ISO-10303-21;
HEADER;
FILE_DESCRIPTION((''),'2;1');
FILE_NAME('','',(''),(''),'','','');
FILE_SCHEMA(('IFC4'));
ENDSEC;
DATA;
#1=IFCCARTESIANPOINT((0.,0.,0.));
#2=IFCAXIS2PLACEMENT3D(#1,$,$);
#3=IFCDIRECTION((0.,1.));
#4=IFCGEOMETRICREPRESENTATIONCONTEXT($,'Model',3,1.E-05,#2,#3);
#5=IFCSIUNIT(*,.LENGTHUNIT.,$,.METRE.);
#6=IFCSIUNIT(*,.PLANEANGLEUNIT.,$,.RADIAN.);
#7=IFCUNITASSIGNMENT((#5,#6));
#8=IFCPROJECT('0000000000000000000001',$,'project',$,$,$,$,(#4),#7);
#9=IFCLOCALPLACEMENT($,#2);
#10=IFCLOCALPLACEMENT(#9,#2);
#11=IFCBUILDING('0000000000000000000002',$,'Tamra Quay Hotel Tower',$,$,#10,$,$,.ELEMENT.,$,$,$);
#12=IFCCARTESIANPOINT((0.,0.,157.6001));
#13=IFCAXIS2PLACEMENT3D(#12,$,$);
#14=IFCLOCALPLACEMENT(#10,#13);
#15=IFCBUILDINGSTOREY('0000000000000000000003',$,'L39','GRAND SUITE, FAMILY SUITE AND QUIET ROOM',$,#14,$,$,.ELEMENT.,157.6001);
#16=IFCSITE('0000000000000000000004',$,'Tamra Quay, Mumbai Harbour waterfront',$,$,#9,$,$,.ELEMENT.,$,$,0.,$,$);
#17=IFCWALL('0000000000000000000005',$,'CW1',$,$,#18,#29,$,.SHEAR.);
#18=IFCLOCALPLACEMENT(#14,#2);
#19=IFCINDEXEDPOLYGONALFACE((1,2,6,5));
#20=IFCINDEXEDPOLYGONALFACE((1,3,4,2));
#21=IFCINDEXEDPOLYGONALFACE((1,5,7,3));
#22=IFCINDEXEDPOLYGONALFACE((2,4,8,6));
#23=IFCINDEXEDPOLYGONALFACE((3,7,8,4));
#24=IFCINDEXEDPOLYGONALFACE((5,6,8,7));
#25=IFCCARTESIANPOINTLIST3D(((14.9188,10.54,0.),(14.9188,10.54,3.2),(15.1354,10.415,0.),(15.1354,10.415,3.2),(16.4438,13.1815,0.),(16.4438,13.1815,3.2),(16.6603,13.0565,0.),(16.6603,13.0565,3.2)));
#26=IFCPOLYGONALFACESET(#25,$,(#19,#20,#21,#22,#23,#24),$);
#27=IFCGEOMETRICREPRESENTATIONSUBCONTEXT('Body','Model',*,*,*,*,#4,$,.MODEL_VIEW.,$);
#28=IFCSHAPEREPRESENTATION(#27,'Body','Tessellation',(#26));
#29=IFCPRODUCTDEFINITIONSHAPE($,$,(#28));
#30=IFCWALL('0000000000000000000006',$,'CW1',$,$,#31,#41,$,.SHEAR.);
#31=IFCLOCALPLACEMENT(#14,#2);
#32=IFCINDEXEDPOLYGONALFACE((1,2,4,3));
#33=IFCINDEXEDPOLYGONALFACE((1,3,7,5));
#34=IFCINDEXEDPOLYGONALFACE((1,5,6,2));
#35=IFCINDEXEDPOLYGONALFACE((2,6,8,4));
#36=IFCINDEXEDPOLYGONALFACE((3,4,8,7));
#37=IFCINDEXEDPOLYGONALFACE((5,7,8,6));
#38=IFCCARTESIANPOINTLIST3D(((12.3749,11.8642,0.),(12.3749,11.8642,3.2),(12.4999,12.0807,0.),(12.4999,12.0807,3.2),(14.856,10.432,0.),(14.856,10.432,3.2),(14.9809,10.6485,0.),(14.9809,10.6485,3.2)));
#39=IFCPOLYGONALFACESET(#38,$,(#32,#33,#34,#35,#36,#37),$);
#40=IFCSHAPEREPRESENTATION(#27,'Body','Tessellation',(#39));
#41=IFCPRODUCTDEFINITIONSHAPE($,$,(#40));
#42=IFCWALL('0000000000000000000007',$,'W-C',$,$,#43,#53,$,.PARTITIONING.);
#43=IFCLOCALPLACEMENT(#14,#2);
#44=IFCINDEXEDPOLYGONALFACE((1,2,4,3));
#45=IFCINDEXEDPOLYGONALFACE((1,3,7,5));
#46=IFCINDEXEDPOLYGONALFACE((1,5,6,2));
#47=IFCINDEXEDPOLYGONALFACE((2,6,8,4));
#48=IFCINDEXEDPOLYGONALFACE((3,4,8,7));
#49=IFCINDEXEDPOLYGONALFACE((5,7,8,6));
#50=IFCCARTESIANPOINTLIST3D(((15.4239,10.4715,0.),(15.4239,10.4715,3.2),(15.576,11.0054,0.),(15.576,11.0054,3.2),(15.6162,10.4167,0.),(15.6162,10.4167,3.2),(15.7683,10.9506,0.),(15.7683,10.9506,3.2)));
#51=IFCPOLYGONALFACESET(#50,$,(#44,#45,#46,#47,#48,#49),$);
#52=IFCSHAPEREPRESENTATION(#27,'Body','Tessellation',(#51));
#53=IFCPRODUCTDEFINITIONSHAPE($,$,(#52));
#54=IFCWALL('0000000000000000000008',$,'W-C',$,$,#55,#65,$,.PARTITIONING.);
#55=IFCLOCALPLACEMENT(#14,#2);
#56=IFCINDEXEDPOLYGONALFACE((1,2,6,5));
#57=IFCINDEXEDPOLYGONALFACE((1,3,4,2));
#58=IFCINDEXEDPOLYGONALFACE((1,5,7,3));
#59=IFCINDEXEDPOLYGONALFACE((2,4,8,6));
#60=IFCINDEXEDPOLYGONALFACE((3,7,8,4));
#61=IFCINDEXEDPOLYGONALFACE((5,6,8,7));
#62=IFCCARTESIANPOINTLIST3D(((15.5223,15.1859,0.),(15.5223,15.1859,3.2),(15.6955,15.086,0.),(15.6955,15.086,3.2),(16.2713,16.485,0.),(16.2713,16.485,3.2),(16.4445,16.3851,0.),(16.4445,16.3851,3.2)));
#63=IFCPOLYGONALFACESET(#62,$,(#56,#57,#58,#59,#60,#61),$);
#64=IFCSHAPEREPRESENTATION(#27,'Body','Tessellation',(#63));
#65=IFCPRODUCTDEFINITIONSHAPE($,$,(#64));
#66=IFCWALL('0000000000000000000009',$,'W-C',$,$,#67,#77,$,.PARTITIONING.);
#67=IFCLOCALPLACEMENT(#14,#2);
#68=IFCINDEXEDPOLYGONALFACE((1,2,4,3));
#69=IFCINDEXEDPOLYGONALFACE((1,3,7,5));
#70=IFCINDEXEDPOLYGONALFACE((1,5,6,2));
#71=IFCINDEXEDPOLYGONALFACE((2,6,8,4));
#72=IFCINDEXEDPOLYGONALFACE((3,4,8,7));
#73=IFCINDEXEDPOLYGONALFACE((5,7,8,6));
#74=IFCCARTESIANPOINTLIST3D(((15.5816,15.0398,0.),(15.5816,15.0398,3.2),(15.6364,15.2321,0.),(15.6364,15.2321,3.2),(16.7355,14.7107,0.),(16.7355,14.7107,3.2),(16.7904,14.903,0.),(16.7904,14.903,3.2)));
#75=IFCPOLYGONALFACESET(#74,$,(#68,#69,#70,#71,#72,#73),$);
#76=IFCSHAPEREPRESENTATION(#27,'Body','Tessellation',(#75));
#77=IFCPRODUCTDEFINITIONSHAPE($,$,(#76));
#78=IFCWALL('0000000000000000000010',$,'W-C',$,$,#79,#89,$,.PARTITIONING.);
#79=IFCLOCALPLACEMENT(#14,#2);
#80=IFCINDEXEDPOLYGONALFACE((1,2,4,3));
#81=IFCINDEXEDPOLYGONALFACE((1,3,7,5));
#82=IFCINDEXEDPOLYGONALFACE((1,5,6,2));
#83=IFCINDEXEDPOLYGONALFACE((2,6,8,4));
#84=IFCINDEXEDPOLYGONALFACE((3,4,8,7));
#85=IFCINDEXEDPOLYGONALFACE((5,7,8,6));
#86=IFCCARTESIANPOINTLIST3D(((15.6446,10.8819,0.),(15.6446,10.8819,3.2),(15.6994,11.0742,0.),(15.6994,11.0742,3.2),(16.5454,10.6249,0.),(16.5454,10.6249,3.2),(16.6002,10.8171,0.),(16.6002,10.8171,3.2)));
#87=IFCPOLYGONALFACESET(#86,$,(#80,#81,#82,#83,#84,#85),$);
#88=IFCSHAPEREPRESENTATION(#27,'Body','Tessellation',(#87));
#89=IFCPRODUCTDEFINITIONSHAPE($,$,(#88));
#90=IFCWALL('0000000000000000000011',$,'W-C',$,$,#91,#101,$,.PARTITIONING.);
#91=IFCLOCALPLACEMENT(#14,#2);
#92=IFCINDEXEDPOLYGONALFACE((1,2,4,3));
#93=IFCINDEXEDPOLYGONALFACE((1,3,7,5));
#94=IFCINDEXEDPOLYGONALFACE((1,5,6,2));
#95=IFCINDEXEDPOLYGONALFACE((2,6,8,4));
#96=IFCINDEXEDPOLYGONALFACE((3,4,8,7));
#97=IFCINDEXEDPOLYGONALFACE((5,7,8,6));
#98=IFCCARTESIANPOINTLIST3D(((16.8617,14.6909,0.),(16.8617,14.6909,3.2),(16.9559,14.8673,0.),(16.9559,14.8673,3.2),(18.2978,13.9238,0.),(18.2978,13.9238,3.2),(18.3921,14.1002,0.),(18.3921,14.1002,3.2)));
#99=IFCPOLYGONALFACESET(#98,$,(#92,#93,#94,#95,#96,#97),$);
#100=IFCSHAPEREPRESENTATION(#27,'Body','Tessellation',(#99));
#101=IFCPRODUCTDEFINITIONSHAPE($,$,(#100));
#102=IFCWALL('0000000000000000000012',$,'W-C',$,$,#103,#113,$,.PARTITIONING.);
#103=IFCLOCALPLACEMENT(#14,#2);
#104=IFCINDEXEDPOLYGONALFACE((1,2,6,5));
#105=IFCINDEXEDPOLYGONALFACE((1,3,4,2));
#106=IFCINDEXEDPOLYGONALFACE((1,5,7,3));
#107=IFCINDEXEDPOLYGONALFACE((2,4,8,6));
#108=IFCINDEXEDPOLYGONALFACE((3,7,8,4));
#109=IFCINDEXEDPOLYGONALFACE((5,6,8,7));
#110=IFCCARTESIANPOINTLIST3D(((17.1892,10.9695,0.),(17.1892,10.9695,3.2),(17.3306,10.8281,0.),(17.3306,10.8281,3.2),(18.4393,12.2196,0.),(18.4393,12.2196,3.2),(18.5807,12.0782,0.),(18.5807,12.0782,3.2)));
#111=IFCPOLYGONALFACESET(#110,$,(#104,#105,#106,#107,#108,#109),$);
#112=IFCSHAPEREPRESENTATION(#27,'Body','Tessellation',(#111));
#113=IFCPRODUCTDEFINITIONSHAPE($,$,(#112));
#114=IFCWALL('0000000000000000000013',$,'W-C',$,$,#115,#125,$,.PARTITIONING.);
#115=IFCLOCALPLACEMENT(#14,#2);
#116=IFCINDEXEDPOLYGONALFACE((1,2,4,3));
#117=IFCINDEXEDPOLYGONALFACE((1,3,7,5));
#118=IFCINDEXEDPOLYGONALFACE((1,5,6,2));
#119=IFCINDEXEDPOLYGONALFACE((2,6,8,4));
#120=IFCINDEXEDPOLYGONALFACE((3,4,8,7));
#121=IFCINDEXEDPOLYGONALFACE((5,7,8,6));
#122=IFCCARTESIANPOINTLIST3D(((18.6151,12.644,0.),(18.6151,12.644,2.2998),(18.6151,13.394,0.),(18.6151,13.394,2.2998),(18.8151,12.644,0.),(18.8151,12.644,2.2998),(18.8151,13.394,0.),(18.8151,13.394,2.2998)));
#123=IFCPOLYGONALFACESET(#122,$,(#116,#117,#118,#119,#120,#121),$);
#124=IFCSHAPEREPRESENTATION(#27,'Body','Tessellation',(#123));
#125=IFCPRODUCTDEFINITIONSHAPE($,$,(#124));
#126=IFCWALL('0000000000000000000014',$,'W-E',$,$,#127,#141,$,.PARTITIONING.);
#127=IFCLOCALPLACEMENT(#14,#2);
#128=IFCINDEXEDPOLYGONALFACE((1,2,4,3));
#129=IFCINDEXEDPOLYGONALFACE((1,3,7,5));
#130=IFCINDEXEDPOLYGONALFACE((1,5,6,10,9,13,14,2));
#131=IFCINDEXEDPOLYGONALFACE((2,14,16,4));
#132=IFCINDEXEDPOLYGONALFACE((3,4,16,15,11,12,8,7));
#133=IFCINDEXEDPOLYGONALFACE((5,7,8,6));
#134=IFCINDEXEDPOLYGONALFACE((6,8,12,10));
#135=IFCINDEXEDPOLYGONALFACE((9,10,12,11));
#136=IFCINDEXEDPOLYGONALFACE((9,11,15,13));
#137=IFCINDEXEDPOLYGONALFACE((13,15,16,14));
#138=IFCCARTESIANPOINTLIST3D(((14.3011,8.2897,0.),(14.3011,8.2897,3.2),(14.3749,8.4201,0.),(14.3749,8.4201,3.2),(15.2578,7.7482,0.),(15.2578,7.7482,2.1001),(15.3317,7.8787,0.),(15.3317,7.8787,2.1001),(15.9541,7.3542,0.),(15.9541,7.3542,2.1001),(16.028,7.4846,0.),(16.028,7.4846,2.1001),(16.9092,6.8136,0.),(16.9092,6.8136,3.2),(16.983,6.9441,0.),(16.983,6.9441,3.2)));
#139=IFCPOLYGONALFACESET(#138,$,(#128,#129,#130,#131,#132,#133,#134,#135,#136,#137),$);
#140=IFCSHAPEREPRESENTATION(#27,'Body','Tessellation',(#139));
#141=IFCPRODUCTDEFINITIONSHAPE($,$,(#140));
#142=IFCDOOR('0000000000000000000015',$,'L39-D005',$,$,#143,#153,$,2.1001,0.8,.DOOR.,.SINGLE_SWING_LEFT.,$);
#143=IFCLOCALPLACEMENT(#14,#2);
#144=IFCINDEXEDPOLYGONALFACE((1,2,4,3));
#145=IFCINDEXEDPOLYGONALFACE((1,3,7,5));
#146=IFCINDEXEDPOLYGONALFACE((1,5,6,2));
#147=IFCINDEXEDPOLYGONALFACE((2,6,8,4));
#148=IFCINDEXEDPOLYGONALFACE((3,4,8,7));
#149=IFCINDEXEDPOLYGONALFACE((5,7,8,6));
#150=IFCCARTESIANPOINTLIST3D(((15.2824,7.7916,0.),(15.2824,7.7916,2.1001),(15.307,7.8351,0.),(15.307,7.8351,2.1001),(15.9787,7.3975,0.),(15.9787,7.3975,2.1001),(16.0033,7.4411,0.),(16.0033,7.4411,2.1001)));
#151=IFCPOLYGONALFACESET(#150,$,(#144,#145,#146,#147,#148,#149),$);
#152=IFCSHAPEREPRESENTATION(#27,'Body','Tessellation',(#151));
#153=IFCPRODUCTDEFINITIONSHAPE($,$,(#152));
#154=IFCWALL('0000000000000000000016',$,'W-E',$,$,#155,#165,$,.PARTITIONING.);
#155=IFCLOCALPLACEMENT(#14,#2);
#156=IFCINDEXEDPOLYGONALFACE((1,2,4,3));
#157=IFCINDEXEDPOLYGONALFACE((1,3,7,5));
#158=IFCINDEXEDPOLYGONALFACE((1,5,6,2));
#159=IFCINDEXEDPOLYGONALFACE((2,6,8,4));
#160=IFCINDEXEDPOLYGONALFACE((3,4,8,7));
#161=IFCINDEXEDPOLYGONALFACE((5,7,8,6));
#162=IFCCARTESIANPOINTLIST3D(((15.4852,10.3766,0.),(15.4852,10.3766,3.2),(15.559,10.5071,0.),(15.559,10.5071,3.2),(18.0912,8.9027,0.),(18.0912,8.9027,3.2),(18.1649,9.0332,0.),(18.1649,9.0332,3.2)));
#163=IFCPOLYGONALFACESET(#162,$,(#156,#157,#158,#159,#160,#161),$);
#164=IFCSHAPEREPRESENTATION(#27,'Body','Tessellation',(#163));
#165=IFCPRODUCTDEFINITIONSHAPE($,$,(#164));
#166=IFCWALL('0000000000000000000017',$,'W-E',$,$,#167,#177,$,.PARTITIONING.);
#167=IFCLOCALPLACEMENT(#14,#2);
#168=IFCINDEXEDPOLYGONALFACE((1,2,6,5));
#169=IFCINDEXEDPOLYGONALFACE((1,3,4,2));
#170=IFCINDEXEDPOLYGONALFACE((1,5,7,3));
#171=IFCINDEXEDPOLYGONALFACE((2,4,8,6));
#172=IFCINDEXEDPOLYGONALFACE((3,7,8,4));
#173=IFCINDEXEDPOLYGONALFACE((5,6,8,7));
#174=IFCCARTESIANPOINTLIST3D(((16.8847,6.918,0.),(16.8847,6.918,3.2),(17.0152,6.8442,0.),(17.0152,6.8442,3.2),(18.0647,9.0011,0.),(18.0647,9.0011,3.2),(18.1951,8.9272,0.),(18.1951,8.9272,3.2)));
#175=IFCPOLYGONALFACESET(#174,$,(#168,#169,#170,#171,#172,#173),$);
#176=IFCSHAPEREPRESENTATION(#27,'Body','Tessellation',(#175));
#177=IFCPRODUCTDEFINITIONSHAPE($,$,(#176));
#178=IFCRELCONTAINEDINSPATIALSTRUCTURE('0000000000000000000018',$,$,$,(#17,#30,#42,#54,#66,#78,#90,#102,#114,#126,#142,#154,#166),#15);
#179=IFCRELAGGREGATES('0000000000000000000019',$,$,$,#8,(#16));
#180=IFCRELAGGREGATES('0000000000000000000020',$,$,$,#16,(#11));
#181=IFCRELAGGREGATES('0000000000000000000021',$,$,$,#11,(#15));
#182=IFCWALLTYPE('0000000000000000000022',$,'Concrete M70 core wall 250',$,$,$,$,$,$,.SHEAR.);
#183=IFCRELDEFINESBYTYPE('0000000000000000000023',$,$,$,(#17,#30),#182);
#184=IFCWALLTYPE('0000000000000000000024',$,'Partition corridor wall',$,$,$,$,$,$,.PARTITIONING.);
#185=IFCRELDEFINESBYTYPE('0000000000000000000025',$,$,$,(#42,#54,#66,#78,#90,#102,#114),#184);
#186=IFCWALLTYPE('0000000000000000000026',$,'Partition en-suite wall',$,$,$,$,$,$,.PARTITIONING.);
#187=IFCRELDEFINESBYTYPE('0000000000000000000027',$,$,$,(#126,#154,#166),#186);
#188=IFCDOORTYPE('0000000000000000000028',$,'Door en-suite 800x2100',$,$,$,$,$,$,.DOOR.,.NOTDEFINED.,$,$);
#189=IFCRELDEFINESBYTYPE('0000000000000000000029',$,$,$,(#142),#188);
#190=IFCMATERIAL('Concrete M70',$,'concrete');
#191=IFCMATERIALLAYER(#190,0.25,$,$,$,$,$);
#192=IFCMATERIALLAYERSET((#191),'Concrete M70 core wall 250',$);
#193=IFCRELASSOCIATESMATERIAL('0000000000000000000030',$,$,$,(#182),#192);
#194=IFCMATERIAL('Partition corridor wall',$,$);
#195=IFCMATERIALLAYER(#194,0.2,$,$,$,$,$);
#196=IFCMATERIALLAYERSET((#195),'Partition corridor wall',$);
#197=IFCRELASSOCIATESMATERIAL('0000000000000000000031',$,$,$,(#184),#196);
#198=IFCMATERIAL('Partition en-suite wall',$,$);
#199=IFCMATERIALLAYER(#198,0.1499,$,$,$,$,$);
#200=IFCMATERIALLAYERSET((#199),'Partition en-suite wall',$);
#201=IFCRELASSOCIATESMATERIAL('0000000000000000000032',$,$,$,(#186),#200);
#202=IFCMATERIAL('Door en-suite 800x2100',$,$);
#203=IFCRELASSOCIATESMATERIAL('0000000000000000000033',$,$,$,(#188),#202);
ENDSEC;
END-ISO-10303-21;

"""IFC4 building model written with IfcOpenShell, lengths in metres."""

from ifc_helpers import new_model, si_unit, direction, frame, frame_2d, origin, place, context, subcontext, project, spatial, rectangle, extrude, material, layer, layer_set, type_object, element, fill, save


model = new_model("IFC4")

# Units and contexts
model_context = context("Model", 3, precision=1e-05, world=origin(), true_north=direction((0.0, 1.0)))
body_context = subcontext(model_context, "Body", "Model", "MODEL_VIEW")
ifc_project = project(units=[si_unit("LENGTHUNIT", "METRE"), si_unit("PLANEANGLEUNIT", "RADIAN")], contexts=[model_context])

# Site, building, storey
site_placement = place(None, origin())
site = spatial("IfcSite", under=ifc_project, at=site_placement, Name="Tamra Quay, Mumbai Harbour waterfront", CompositionType="ELEMENT", RefElevation=0.0)
building_placement = place(site_placement, origin())
building = spatial("IfcBuilding", under=site, at=building_placement, Name="Tamra Quay Hotel Tower", CompositionType="ELEMENT")
storey_placement = place(building_placement, frame((0.0, 0.0, 157.6001)))
storey = spatial("IfcBuildingStorey", under=building, at=storey_placement, Name="L39", Description="GRAND SUITE, FAMILY SUITE AND QUIET ROOM", CompositionType="ELEMENT", Elevation=157.6001)

# Shared definitions
ifc_material_1 = material(Name="Concrete M70", Category="concrete")

# Walls
ifc_layer_1 = layer(ifc_material_1, 0.25)
ifc_layer_set_1 = layer_set([ifc_layer_1], Name="Concrete M70 core wall 250")
wall_type_1 = type_object("IfcWallType", Name="Concrete M70 core wall 250", PredefinedType="SHEAR", material=ifc_layer_set_1)
wall_1_placement = place(storey_placement, frame((16.552, 13.1189, 0.0), z_axis=(0.0, 0.0, 1.0), x_axis=(-0.499979, -0.866038, 0.0)))
element("IfcWall", 1, at=wall_1_placement, inside=storey, type_object=wall_type_1, Name="CW1", PredefinedType="SHEAR", context=body_context, shape_type="SweptSolid", body=[
    extrude(rectangle(XDim=3.05, YDim=0.25, at=frame_2d((1.5249, 0.0))), origin(), (0.0, 0.0, 1.0), 3.2),
])
wall_2_placement = place(storey_placement, frame((14.9185, 10.5403, 0.0), z_axis=(0.0, 0.0, 1.0), x_axis=(-0.866064, 0.499934, 0.0)))
element("IfcWall", 2, at=wall_2_placement, inside=storey, type_object=wall_type_1, Name="CW1", PredefinedType="SHEAR", context=body_context, shape_type="SweptSolid", body=[
    extrude(rectangle(XDim=2.8647, YDim=0.25, at=frame_2d((1.4324, 0.0))), origin(), (0.0, 0.0, 1.0), 3.2),
])
ifc_material_2 = material(Name="Partition corridor wall")
ifc_layer_2 = layer(ifc_material_2, 0.2)
ifc_layer_set_2 = layer_set([ifc_layer_2], Name="Partition corridor wall")
wall_type_2 = type_object("IfcWallType", Name="Partition corridor wall", PredefinedType="PARTITIONING", material=ifc_layer_set_2)
wall_3_placement = place(storey_placement, frame((15.52, 10.4441, 0.0), z_axis=(0.0, 0.0, 1.0), x_axis=(0.273966, 0.961739, 0.0)))
element("IfcWall", 3, at=wall_3_placement, inside=storey, type_object=wall_type_2, Name="W-C", PredefinedType="PARTITIONING", context=body_context, shape_type="SweptSolid", body=[
    extrude(rectangle(XDim=0.5552, YDim=0.2, at=frame_2d((0.2776, 0.0))), origin(), (0.0, 0.0, 1.0), 3.2),
])
wall_4_placement = place(storey_placement, frame((15.6089, 15.136, 0.0), z_axis=(0.0, 0.0, 1.0), x_axis=(0.499502, 0.866313, 0.0)))
element("IfcWall", 4, at=wall_4_placement, inside=storey, type_object=wall_type_2, Name="W-C", PredefinedType="PARTITIONING", context=body_context, shape_type="SweptSolid", body=[
    extrude(rectangle(XDim=1.4995, YDim=0.2, at=frame_2d((0.7498, 0.0))), origin(), (0.0, 0.0, 1.0), 3.2),
])
wall_5_placement = place(storey_placement, frame((15.6089, 15.136, 0.0), z_axis=(0.0, 0.0, 1.0), x_axis=(0.961662, -0.274237, 0.0)))
element("IfcWall", 5, at=wall_5_placement, inside=storey, type_object=wall_type_2, Name="W-C", PredefinedType="PARTITIONING", context=body_context, shape_type="SweptSolid", body=[
    extrude(rectangle(XDim=1.2, YDim=0.2, at=frame_2d((0.6001, 0.0))), origin(), (0.0, 0.0, 1.0), 3.2),
])
wall_6_placement = place(storey_placement, frame((15.6721, 10.978, 0.0), z_axis=(0.0, 0.0, 1.0), x_axis=(0.961612, -0.274411, 0.0)))
element("IfcWall", 6, at=wall_6_placement, inside=storey, type_object=wall_type_2, Name="W-C", PredefinedType="PARTITIONING", context=body_context, shape_type="SweptSolid", body=[
    extrude(rectangle(XDim=0.9368, YDim=0.2, at=frame_2d((0.4683, 0.0))), origin(), (0.0, 0.0, 1.0), 3.2),
])
wall_7_placement = place(storey_placement, frame((16.9089, 14.7791, 0.0), z_axis=(0.0, 0.0, 1.0), x_axis=(0.882046, -0.471164, 0.0)))
element("IfcWall", 7, at=wall_7_placement, inside=storey, type_object=wall_type_2, Name="W-C", PredefinedType="PARTITIONING", context=body_context, shape_type="SweptSolid", body=[
    extrude(rectangle(XDim=1.6282, YDim=0.2, at=frame_2d((0.814, 0.0))), origin(), (0.0, 0.0, 1.0), 3.2),
])
wall_8_placement = place(storey_placement, frame((17.26, 10.8989, 0.0), z_axis=(0.0, 0.0, 1.0), x_axis=(0.707107, 0.707107, 0.0)))
element("IfcWall", 8, at=wall_8_placement, inside=storey, type_object=wall_type_2, Name="W-C", PredefinedType="PARTITIONING", context=body_context, shape_type="SweptSolid", body=[
    extrude(rectangle(XDim=1.7678, YDim=0.2, at=frame_2d((0.8838, 0.0))), origin(), (0.0, 0.0, 1.0), 3.2),
])
wall_9_placement = place(storey_placement, frame((18.7151, 12.644, 0.0), z_axis=(0.0, 0.0, 1.0), x_axis=(0.0, 1.0, 0.0)))
element("IfcWall", 9, at=wall_9_placement, inside=storey, type_object=wall_type_2, Name="W-C", PredefinedType="PARTITIONING", context=body_context, shape_type="SweptSolid", body=[
    extrude(rectangle(XDim=0.75, YDim=0.2, at=frame_2d((0.375, 0.0))), origin(), (0.0, 0.0, 1.0), 2.2998),
])

# Wall, opening, door
ifc_material_3 = material(Name="Partition en-suite wall")
ifc_layer_3 = layer(ifc_material_3, 0.1499)
ifc_layer_set_3 = layer_set([ifc_layer_3], Name="Partition en-suite wall")
wall_type_3 = type_object("IfcWallType", Name="Partition en-suite wall", PredefinedType="PARTITIONING", material=ifc_layer_set_3)
wall_10_placement = place(storey_placement, frame((14.3379, 8.355, 0.0), z_axis=(0.0, 0.0, 1.0), x_axis=(0.870291, -0.492538, 0.0)))
wall_10 = element("IfcWall", 10, at=wall_10_placement, inside=storey, type_object=wall_type_3, Name="W-E", PredefinedType="PARTITIONING", context=body_context, shape_type="SweptSolid", body=[
    extrude(rectangle(XDim=2.9968, YDim=0.1499, at=frame_2d((1.4985, 0.0))), origin(), (0.0, 0.0, 1.0), 3.2),
])
opening_placement = place(wall_10_placement, frame((1.0996, 0.0, 0.0)))
opening = element("IfcOpeningElement", 11, at=opening_placement, cuts=wall_10, PredefinedType="OPENING", context=body_context, shape_type="SweptSolid", body=[
    extrude(rectangle(XDim=0.8, YDim=2.1001, at=frame_2d((0.3999, 1.05))), frame((0.0, 0.085, 0.0), z_axis=(0.0, -1.0, 0.0), x_axis=(1.0, 0.0, 0.0)), (0.0, 0.0, 1.0), 0.1699),
])
ifc_material_4 = material(Name="Door en-suite 800x2100")
door_type = type_object("IfcDoorType", Name="Door en-suite 800x2100", OperationType="NOTDEFINED", PredefinedType="DOOR", material=ifc_material_4)
door_placement = place(opening_placement, origin())
door = element("IfcDoor", 12, at=door_placement, inside=storey, type_object=door_type, Name="L39-D005", OperationType="SINGLE_SWING_LEFT", OverallHeight=2.1001, OverallWidth=0.8, PredefinedType="DOOR", context=body_context, shape_type="SweptSolid", body=[
    extrude(rectangle(XDim=0.8, YDim=2.1001, at=frame_2d((0.3999, 1.05))), frame((0.0, 0.0249, 0.0), z_axis=(0.0, -1.0, 0.0), x_axis=(1.0, 0.0, 0.0)), (0.0, 0.0, 1.0), 0.05),
])
fill(opening, door)

# Walls
wall_11_placement = place(storey_placement, frame((15.522, 10.4419, 0.0), z_axis=(0.0, 0.0, 1.0), x_axis=(0.870428, -0.492296, 0.0)))
element("IfcWall", 13, at=wall_11_placement, inside=storey, type_object=wall_type_3, Name="W-E", PredefinedType="PARTITIONING", context=body_context, shape_type="SweptSolid", body=[
    extrude(rectangle(XDim=2.9939, YDim=0.1499, at=frame_2d((1.4971, 0.0))), origin(), (0.0, 0.0, 1.0), 3.2),
])
wall_12_placement = place(storey_placement, frame((16.95, 6.8811, 0.0), z_axis=(0.0, 0.0, 1.0), x_axis=(0.492874, 0.870101, 0.0)))
element("IfcWall", 14, at=wall_12_placement, inside=storey, type_object=wall_type_3, Name="W-E", PredefinedType="PARTITIONING", context=body_context, shape_type="SweptSolid", body=[
    extrude(rectangle(XDim=2.394, YDim=0.1499, at=frame_2d((1.197, 0.0))), origin(), (0.0, 0.0, 1.0), 3.2),
])

save(model, "model.ifc")
